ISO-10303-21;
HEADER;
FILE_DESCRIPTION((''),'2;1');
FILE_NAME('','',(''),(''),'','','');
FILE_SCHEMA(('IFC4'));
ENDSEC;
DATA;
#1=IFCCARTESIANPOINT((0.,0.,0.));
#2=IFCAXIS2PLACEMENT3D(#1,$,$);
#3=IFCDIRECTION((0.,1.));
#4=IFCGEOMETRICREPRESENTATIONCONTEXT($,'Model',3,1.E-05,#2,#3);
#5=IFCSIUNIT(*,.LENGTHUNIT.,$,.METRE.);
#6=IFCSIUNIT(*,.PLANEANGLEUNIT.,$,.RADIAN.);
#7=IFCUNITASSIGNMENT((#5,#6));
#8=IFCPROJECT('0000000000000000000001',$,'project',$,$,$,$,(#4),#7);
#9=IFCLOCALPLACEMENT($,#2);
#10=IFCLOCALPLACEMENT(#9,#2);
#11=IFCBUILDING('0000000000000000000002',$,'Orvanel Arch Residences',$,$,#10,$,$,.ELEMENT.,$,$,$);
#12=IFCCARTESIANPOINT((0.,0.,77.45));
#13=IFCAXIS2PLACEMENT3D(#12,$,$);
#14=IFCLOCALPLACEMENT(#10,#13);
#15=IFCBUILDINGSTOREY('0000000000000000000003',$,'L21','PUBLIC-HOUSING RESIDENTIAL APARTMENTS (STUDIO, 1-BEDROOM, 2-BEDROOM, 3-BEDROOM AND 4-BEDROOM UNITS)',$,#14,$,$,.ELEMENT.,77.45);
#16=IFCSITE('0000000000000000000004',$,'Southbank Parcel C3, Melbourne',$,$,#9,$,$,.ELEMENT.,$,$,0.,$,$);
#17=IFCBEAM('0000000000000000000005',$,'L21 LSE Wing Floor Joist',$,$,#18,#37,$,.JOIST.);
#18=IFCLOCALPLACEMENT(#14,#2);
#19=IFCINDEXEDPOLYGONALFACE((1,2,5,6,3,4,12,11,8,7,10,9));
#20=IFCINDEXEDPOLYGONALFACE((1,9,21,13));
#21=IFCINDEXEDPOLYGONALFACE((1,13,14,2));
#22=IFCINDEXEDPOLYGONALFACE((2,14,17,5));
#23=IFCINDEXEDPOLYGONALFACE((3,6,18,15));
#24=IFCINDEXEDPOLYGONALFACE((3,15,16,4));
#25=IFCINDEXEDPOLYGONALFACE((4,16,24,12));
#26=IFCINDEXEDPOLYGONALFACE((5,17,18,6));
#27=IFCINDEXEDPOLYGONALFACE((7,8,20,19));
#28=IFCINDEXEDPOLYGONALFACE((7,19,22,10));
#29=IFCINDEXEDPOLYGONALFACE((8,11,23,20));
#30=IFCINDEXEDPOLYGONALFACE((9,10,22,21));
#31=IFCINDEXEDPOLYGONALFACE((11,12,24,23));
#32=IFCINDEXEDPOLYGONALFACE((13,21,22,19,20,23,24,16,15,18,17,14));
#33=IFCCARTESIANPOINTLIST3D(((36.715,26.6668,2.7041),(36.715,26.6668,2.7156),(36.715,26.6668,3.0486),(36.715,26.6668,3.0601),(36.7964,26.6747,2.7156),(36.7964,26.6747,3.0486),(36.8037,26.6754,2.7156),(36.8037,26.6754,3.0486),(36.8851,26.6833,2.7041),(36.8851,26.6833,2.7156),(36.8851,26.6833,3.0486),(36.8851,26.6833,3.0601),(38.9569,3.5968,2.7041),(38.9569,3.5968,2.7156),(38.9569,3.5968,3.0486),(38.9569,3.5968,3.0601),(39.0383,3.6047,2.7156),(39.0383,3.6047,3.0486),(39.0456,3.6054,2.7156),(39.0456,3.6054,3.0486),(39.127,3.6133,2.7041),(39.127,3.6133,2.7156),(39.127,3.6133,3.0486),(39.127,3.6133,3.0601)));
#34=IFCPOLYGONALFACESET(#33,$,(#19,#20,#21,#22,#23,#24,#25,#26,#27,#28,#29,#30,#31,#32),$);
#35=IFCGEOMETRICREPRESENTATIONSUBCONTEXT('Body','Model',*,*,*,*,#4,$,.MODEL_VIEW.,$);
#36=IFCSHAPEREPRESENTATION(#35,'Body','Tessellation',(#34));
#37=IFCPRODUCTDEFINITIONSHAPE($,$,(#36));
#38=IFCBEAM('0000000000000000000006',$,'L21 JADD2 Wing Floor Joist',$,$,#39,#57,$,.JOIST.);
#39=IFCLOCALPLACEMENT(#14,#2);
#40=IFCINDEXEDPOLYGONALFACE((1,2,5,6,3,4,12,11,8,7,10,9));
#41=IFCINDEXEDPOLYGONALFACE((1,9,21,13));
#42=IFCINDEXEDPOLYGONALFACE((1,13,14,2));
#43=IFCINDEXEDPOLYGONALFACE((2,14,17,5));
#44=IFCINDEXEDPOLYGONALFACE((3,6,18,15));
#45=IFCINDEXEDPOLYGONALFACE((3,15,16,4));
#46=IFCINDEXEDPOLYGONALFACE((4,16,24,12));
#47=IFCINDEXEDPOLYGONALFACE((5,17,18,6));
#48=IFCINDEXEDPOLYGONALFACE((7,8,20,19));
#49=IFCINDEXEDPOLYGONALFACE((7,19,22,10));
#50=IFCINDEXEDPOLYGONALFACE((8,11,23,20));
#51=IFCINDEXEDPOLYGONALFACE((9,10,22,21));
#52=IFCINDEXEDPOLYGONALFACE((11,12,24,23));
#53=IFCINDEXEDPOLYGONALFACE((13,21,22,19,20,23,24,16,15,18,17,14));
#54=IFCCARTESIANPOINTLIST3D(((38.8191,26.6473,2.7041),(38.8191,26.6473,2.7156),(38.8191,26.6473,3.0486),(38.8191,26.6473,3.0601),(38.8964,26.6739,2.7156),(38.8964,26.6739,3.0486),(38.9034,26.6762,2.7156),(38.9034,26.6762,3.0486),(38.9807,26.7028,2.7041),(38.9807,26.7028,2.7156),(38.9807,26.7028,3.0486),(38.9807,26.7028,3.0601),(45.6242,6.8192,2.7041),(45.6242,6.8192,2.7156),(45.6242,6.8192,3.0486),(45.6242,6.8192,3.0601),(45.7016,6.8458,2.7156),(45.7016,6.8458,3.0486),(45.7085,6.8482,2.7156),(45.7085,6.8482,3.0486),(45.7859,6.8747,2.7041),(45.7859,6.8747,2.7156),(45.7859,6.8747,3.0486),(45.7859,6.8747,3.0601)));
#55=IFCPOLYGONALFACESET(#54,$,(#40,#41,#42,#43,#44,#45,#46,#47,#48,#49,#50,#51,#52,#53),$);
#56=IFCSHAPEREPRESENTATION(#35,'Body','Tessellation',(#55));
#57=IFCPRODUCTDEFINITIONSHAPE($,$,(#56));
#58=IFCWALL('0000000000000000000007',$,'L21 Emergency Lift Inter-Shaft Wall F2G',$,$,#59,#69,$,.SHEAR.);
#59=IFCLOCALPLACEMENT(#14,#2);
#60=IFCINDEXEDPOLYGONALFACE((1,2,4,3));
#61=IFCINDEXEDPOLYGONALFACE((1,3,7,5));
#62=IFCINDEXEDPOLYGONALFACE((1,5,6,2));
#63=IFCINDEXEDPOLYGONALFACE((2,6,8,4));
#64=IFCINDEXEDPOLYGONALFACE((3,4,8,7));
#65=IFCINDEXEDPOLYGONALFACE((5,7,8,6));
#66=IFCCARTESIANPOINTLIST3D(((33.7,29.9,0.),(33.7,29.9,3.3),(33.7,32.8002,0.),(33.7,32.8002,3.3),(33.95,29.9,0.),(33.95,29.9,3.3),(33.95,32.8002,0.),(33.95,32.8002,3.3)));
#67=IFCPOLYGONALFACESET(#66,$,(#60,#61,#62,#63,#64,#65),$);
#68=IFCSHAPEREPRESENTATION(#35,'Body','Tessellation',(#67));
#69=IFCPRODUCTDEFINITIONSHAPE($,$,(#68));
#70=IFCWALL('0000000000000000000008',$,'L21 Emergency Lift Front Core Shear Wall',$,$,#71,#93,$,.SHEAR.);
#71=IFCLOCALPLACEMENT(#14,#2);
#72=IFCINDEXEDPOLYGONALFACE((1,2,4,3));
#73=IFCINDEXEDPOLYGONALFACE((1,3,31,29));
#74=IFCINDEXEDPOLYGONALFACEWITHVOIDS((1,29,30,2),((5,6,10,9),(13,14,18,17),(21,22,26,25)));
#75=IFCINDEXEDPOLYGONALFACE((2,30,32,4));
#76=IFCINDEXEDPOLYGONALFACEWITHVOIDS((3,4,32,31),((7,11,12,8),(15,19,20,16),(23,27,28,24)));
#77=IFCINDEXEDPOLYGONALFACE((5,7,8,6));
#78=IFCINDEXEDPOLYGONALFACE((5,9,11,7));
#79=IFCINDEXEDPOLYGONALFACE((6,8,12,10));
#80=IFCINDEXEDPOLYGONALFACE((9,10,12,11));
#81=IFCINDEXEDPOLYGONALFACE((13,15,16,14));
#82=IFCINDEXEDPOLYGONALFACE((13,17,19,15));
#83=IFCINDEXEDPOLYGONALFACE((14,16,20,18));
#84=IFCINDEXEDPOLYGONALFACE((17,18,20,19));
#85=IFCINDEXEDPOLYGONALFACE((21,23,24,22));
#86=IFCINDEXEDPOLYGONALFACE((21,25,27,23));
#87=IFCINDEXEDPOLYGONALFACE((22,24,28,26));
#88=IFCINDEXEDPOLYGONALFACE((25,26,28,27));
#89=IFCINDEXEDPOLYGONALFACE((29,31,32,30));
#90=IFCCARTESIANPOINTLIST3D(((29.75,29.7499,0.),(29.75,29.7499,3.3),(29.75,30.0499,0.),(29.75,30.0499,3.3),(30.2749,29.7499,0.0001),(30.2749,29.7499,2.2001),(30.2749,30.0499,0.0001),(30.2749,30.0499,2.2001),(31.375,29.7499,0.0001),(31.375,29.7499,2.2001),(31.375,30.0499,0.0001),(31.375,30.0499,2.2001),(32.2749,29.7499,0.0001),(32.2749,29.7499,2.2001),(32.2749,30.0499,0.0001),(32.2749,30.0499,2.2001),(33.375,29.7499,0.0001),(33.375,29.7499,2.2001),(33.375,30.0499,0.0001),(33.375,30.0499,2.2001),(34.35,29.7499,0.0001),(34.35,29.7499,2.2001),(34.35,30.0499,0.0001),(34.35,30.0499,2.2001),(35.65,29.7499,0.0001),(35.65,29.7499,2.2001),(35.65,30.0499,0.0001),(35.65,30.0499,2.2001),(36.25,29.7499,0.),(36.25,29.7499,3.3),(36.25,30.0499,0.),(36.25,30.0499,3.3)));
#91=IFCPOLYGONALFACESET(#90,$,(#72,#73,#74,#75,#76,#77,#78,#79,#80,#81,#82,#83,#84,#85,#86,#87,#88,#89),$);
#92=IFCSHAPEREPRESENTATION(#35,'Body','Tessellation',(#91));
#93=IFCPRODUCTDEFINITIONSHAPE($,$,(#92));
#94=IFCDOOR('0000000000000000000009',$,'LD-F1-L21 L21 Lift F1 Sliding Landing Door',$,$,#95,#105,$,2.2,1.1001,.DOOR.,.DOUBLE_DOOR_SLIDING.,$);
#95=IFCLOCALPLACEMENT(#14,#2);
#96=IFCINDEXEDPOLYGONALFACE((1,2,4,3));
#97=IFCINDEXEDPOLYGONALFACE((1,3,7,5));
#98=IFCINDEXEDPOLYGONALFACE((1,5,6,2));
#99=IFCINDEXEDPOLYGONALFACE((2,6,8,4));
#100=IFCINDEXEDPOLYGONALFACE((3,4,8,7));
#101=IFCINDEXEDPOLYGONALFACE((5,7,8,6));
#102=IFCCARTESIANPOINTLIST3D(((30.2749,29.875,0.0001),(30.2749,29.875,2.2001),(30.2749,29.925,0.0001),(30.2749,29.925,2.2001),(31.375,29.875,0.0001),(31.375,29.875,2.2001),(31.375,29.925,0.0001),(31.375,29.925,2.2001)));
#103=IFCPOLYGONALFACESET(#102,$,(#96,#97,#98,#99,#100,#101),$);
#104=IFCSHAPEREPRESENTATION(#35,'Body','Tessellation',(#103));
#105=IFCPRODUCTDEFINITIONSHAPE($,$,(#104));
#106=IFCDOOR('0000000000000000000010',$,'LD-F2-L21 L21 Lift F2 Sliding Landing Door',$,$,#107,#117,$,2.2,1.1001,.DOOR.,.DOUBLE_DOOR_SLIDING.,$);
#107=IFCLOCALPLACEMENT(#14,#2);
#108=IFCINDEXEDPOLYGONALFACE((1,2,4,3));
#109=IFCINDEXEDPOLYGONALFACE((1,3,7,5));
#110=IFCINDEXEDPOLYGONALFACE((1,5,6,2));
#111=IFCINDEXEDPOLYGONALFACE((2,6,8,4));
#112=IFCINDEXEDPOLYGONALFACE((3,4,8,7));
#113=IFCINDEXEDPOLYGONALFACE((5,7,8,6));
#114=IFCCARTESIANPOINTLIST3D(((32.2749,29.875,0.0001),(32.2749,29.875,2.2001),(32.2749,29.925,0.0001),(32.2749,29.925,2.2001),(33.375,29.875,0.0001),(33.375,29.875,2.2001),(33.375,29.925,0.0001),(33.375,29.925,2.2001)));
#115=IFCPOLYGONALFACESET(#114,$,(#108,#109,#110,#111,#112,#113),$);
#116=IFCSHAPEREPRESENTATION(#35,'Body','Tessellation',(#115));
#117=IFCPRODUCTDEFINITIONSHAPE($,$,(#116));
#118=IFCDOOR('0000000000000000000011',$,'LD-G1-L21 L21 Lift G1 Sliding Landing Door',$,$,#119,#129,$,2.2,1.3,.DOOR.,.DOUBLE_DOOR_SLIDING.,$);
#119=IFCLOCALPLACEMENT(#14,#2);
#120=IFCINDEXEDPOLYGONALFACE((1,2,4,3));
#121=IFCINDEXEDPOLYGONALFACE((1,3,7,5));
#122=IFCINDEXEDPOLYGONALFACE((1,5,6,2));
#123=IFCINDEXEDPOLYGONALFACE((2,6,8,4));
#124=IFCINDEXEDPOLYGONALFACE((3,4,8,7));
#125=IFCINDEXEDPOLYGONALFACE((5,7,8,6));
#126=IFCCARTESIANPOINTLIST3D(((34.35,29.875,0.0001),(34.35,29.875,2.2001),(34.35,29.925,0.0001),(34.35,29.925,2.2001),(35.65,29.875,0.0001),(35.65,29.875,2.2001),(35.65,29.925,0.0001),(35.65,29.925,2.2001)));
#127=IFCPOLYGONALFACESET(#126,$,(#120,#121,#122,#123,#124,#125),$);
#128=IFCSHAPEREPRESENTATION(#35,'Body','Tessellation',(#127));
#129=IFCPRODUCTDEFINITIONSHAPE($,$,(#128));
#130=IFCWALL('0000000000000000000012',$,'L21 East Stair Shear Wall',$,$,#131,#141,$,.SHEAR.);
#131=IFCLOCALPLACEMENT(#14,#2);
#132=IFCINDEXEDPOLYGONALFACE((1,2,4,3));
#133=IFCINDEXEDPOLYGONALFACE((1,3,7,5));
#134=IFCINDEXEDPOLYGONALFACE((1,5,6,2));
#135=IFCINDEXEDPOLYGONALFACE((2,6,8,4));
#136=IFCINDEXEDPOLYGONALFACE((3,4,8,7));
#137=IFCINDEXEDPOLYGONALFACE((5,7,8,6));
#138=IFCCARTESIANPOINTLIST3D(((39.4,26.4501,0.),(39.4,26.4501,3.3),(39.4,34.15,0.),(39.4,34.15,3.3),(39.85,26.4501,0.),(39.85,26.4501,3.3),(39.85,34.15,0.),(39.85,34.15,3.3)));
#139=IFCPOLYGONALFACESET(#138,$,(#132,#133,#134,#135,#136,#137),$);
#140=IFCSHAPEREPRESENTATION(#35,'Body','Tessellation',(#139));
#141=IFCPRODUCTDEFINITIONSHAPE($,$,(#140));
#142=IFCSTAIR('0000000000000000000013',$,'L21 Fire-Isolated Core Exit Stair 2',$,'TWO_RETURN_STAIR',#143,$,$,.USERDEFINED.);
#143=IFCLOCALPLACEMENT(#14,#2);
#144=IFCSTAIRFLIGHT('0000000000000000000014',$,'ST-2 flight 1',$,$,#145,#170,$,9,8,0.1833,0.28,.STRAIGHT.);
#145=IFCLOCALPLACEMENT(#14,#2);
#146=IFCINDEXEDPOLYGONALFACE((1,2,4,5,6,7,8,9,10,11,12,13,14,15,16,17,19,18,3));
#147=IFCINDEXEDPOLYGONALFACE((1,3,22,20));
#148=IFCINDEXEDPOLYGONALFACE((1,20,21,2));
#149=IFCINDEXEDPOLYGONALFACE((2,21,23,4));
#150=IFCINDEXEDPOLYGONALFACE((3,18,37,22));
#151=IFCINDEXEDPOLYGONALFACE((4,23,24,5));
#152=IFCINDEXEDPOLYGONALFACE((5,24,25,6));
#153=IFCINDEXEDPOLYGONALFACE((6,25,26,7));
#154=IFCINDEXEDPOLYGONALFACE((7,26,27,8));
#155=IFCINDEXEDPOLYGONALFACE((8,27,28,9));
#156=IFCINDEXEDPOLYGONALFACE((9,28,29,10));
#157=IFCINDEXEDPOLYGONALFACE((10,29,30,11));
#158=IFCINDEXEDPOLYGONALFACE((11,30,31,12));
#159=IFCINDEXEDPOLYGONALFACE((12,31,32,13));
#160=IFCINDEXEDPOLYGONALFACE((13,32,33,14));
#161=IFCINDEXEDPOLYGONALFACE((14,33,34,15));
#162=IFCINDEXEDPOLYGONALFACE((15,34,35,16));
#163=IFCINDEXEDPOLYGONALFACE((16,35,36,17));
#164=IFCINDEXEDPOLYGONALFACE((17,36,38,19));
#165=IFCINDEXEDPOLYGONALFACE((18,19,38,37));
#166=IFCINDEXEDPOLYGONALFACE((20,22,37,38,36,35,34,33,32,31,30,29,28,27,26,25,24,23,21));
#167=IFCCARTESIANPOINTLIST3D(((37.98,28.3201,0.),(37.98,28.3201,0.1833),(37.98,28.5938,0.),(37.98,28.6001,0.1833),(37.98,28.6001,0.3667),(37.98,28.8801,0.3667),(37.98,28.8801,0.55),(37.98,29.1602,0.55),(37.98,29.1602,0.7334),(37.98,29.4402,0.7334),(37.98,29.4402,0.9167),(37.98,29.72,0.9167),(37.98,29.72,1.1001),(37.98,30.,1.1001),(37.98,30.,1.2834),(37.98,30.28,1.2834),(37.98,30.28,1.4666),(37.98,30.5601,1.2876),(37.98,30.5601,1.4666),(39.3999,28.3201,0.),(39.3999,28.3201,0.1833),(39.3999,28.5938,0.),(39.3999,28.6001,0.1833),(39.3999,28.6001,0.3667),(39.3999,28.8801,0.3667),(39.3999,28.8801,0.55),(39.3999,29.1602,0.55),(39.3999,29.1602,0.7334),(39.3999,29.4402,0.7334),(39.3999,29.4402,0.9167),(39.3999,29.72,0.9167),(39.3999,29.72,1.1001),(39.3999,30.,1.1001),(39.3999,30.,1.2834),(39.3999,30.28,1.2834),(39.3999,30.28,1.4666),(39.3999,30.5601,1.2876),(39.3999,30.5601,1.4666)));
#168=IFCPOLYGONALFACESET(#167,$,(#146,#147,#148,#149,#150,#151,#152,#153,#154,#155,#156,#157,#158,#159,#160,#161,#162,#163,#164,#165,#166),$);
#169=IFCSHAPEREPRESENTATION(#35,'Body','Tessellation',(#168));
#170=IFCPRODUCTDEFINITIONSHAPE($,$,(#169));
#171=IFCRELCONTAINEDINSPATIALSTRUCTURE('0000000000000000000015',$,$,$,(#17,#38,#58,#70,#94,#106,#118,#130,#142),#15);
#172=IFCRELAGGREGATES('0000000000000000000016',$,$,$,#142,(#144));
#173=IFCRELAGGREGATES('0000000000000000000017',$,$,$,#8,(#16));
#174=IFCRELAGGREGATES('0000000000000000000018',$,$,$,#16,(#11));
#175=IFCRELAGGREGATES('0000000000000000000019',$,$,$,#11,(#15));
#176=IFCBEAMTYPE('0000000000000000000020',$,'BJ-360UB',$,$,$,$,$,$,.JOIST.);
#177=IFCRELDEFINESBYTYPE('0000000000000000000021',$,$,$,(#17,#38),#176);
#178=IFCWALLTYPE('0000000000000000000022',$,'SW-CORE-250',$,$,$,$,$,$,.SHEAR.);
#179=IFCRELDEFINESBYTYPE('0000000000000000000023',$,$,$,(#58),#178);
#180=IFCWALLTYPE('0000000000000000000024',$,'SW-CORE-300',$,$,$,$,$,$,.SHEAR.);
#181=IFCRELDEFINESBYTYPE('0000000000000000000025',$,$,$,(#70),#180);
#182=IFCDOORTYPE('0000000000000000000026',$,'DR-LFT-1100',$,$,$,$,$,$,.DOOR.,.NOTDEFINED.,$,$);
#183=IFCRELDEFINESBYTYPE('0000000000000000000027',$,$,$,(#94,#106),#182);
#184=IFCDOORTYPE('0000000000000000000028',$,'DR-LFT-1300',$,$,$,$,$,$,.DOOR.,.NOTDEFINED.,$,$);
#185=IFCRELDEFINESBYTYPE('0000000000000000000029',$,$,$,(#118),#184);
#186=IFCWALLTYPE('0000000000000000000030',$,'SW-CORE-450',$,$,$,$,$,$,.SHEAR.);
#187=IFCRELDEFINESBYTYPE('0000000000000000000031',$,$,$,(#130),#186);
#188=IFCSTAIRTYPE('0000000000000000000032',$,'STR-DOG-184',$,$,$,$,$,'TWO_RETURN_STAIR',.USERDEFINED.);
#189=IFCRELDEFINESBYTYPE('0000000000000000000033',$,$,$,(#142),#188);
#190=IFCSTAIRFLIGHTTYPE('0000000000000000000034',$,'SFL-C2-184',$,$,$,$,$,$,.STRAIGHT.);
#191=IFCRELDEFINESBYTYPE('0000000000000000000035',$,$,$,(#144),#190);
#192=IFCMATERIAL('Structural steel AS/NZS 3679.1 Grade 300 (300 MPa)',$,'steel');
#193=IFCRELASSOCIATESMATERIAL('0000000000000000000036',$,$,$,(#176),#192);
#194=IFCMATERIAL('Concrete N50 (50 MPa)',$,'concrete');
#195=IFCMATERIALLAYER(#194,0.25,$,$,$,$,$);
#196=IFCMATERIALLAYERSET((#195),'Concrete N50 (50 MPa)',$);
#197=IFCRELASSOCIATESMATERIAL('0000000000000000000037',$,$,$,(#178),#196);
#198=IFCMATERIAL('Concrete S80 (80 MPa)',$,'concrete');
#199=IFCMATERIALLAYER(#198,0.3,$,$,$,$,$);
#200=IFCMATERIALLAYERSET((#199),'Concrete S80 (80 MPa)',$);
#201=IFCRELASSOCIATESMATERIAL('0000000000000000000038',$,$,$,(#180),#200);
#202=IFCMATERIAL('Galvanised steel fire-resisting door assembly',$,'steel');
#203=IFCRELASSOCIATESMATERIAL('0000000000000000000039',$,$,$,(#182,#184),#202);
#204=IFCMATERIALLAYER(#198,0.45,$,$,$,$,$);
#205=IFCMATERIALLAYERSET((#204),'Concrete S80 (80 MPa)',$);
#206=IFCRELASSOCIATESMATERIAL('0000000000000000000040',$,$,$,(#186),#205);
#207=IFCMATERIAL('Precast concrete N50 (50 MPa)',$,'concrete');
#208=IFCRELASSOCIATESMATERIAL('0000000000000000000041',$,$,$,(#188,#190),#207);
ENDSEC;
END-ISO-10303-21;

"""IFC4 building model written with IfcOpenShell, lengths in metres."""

from ifc_helpers import new_model, si_unit, direction, frame, frame_2d, origin, origin_2d, place, context, subcontext, project, spatial, polyline, rectangle, i_section, outline, extrude, material, layer, layer_set, material_profile, profile_set, type_object, element, fill, aggregate, save


model = new_model("IFC4")

# Units and contexts
model_context = context("Model", 3, precision=1e-05, world=origin(), true_north=direction((0.0, 1.0)))
body_context = subcontext(model_context, "Body", "Model", "MODEL_VIEW")
ifc_project = project(units=[si_unit("LENGTHUNIT", "METRE"), si_unit("PLANEANGLEUNIT", "RADIAN")], contexts=[model_context])

# Site, building, storey
site_placement = place(None, origin())
site = spatial("IfcSite", under=ifc_project, at=site_placement, Name="Southbank Parcel C3, Melbourne", CompositionType="ELEMENT", RefElevation=0.0)
building_placement = place(site_placement, origin())
building = spatial("IfcBuilding", under=site, at=building_placement, Name="Orvanel Arch Residences", CompositionType="ELEMENT")
storey_placement = place(building_placement, frame((0.0, 0.0, 77.45)))
storey = spatial("IfcBuildingStorey", under=building, at=storey_placement, Name="L21", Description="PUBLIC-HOUSING RESIDENTIAL APARTMENTS (STUDIO, 1-BEDROOM, 2-BEDROOM, 3-BEDROOM AND 4-BEDROOM UNITS)", CompositionType="ELEMENT", Elevation=77.45)

# Beams
ifc_material_1 = material(Name="Structural steel AS/NZS 3679.1 Grade 300 (300 MPa)", Category="steel")
ifc_material_profile_1 = material_profile(ifc_material_1, i_section(OverallWidth=0.1709, OverallDepth=0.356, WebThickness=0.0073, FlangeThickness=0.0115, at=origin_2d()), Name="360UB50.7")
ifc_profile_set_1 = profile_set([ifc_material_profile_1], Name="Structural steel AS/NZS 3679.1 Grade 300 (300 MPa)")
beam_type_1 = type_object("IfcBeamType", Name="BJ-360UB", PredefinedType="JOIST", material=ifc_profile_set_1)
beam_1_placement = place(storey_placement, frame((36.8, 26.675, 2.8821), z_axis=(0.096724, -0.995311, 0.0), x_axis=(0.995311, 0.096724, 0.0)))
element("IfcBeam", 1, at=beam_1_placement, inside=storey, type_object=beam_type_1, Name="L21 LSE Wing Floor Joist", PredefinedType="JOIST", context=body_context, shape_type="SweptSolid", body=[
    extrude(i_section(OverallWidth=0.1709, OverallDepth=0.356, WebThickness=0.0073, FlangeThickness=0.0115, at=origin_2d()), origin(), (0.0, 0.0, 1.0), 23.1787),
])
beam_2_placement = place(storey_placement, frame((38.8999, 26.675, 2.8821), z_axis=(0.324621, -0.945844, 0.0), x_axis=(0.945844, 0.324621, 0.0)))
element("IfcBeam", 2, at=beam_2_placement, inside=storey, type_object=beam_type_1, Name="L21 JADD2 Wing Floor Joist", PredefinedType="JOIST", context=body_context, shape_type="SweptSolid", body=[
    extrude(i_section(OverallWidth=0.1709, OverallDepth=0.356, WebThickness=0.0073, FlangeThickness=0.0115, at=origin_2d()), origin(), (0.0, 0.0, 1.0), 20.9634),
])

# Wall
ifc_material_2 = material(Name="Concrete N50 (50 MPa)", Category="concrete")
ifc_layer_1 = layer(ifc_material_2, 0.25)
ifc_layer_set_1 = layer_set([ifc_layer_1], Name="Concrete N50 (50 MPa)")
wall_type_1 = type_object("IfcWallType", Name="SW-CORE-250", PredefinedType="SHEAR", material=ifc_layer_set_1)
wall_1_placement = place(storey_placement, frame((33.825, 29.8999, 0.0), z_axis=(0.0, 0.0, 1.0), x_axis=(0.0, 1.0, 0.0)))
element("IfcWall", 3, at=wall_1_placement, inside=storey, type_object=wall_type_1, Name="L21 Emergency Lift Inter-Shaft Wall F2G", PredefinedType="SHEAR", context=body_context, shape_type="SweptSolid", body=[
    extrude(rectangle(XDim=2.9001, YDim=0.25, at=frame_2d((1.4502, 0.0))), origin(), (0.0, 0.0, 1.0), 3.3),
])

# Shared definitions
ifc_material_3 = material(Name="Concrete S80 (80 MPa)", Category="concrete")
ifc_layer_2 = layer(ifc_material_3, 0.3)
ifc_layer_set_2 = layer_set([ifc_layer_2], Name="Concrete S80 (80 MPa)")
wall_type_2 = type_object("IfcWallType", Name="SW-CORE-300", PredefinedType="SHEAR", material=ifc_layer_set_2)
ifc_material_4 = material(Name="Galvanised steel fire-resisting door assembly", Category="steel")

# Wall, openings, doors
wall_2_placement = place(storey_placement, frame((36.25, 29.8999, 0.0), z_axis=(0.0, 0.0, 1.0), x_axis=(-1.0, 0.0, 0.0)))
wall_2 = element("IfcWall", 4, at=wall_2_placement, inside=storey, type_object=wall_type_2, Name="L21 Emergency Lift Front Core Shear Wall", PredefinedType="SHEAR", context=body_context, shape_type="SweptSolid", body=[
    extrude(rectangle(XDim=6.5, YDim=0.3, at=frame_2d((3.25, 0.0))), origin(), (0.0, 0.0, 1.0), 3.3),
])
opening_1_placement = place(wall_2_placement, frame((4.875, 0.0, 0.0)))
opening_1 = element("IfcOpeningElement", 5, at=opening_1_placement, cuts=wall_2, PredefinedType="OPENING", context=body_context, shape_type="SweptSolid", body=[
    extrude(rectangle(XDim=1.1001, YDim=2.2, at=frame_2d((0.55, 1.1001))), frame((0.0, 0.1599, 0.0), z_axis=(0.0, -1.0, 0.0), x_axis=(1.0, 0.0, 0.0)), (0.0, 0.0, 1.0), 0.3201),
])
opening_2_placement = place(wall_2_placement, frame((2.875, 0.0, 0.0)))
opening_2 = element("IfcOpeningElement", 6, at=opening_2_placement, cuts=wall_2, PredefinedType="OPENING", context=body_context, shape_type="SweptSolid", body=[
    extrude(rectangle(XDim=1.1001, YDim=2.2, at=frame_2d((0.55, 1.1001))), frame((0.0, 0.1599, 0.0), z_axis=(0.0, -1.0, 0.0), x_axis=(1.0, 0.0, 0.0)), (0.0, 0.0, 1.0), 0.3201),
])
opening_3_placement = place(wall_2_placement, frame((0.6001, 0.0, 0.0)))
opening_3 = element("IfcOpeningElement", 7, at=opening_3_placement, cuts=wall_2, PredefinedType="OPENING", context=body_context, shape_type="SweptSolid", body=[
    extrude(rectangle(XDim=1.3, YDim=2.2, at=frame_2d((0.6499, 1.1001))), frame((0.0, 0.1599, 0.0), z_axis=(0.0, -1.0, 0.0), x_axis=(1.0, 0.0, 0.0)), (0.0, 0.0, 1.0), 0.3201),
])
door_type_1 = type_object("IfcDoorType", Name="DR-LFT-1100", OperationType="NOTDEFINED", PredefinedType="DOOR", material=ifc_material_4)
door_1_placement = place(opening_1_placement, origin())
door_1 = element("IfcDoor", 8, at=door_1_placement, inside=storey, type_object=door_type_1, Name="LD-F1-L21 L21 Lift F1 Sliding Landing Door", OperationType="DOUBLE_DOOR_SLIDING", OverallHeight=2.2, OverallWidth=1.1001, PredefinedType="DOOR", context=body_context, shape_type="SweptSolid", body=[
    extrude(rectangle(XDim=1.1001, YDim=2.2, at=frame_2d((0.55, 1.1001))), frame((0.0, 0.0249, 0.0), z_axis=(0.0, -1.0, 0.0), x_axis=(1.0, 0.0, 0.0)), (0.0, 0.0, 1.0), 0.05),
])
fill(opening_1, door_1)
door_2_placement = place(opening_2_placement, origin())
door_2 = element("IfcDoor", 9, at=door_2_placement, inside=storey, type_object=door_type_1, Name="LD-F2-L21 L21 Lift F2 Sliding Landing Door", OperationType="DOUBLE_DOOR_SLIDING", OverallHeight=2.2, OverallWidth=1.1001, PredefinedType="DOOR", context=body_context, shape_type="SweptSolid", body=[
    extrude(rectangle(XDim=1.1001, YDim=2.2, at=frame_2d((0.55, 1.1001))), frame((0.0, 0.0249, 0.0), z_axis=(0.0, -1.0, 0.0), x_axis=(1.0, 0.0, 0.0)), (0.0, 0.0, 1.0), 0.05),
])
fill(opening_2, door_2)
door_type_2 = type_object("IfcDoorType", Name="DR-LFT-1300", OperationType="NOTDEFINED", PredefinedType="DOOR", material=ifc_material_4)
door_3_placement = place(opening_3_placement, origin())
door_3 = element("IfcDoor", 10, at=door_3_placement, inside=storey, type_object=door_type_2, Name="LD-G1-L21 L21 Lift G1 Sliding Landing Door", OperationType="DOUBLE_DOOR_SLIDING", OverallHeight=2.2, OverallWidth=1.3, PredefinedType="DOOR", context=body_context, shape_type="SweptSolid", body=[
    extrude(rectangle(XDim=1.3, YDim=2.2, at=frame_2d((0.6499, 1.1001))), frame((0.0, 0.0249, 0.0), z_axis=(0.0, -1.0, 0.0), x_axis=(1.0, 0.0, 0.0)), (0.0, 0.0, 1.0), 0.05),
])
fill(opening_3, door_3)

# Wall
ifc_layer_3 = layer(ifc_material_3, 0.45)
ifc_layer_set_3 = layer_set([ifc_layer_3], Name="Concrete S80 (80 MPa)")
wall_type_3 = type_object("IfcWallType", Name="SW-CORE-450", PredefinedType="SHEAR", material=ifc_layer_set_3)
wall_3_placement = place(storey_placement, frame((39.625, 26.45, 0.0), z_axis=(0.0, 0.0, 1.0), x_axis=(0.0, 1.0, 0.0)))
element("IfcWall", 11, at=wall_3_placement, inside=storey, type_object=wall_type_3, Name="L21 East Stair Shear Wall", PredefinedType="SHEAR", context=body_context, shape_type="SweptSolid", body=[
    extrude(rectangle(XDim=7.7, YDim=0.45, at=frame_2d((3.8501, 0.0))), origin(), (0.0, 0.0, 1.0), 3.3),
])

# Stair, stair flight
ifc_material_5 = material(Name="Precast concrete N50 (50 MPa)", Category="concrete")
stair_type = type_object("IfcStairType", Name="STR-DOG-184", ElementType="TWO_RETURN_STAIR", PredefinedType="USERDEFINED", material=ifc_material_5)
stair_placement = place(storey_placement, origin())
stair = element("IfcStair", 12, at=stair_placement, inside=storey, type_object=stair_type, Name="L21 Fire-Isolated Core Exit Stair 2", ObjectType="TWO_RETURN_STAIR", PredefinedType="USERDEFINED")
stair_flight_type = type_object("IfcStairFlightType", Name="SFL-C2-184", PredefinedType="STRAIGHT", material=ifc_material_5)
stair_flight_1_placement = place(storey_placement, frame((38.6899, 28.3201, 0.0), z_axis=(0.0, 0.0, 1.0), x_axis=(0.0, 1.0, 0.0)))
stair_flight_1 = element("IfcStairFlight", 13, at=stair_flight_1_placement, type_object=stair_flight_type, Name="ST-2 flight 1", NumberOfRisers=9, NumberOfTreads=8, PredefinedType="STRAIGHT", RiserHeight=0.1833, TreadLength=0.28, context=body_context, shape_type="SweptSolid", body=[
    extrude(outline(polyline([(0.0, 0.0), (0.0, 0.1833), (0.28, 0.1833), (0.28, 0.3667), (0.5601, 0.3667), (0.5601, 0.55), (0.8401, 0.55), (0.8401, 0.7334), (1.1201, 0.7334), (1.1201, 0.9167), (1.3999, 0.9167), (1.3999, 1.1001), (1.6799, 1.1001), (1.6799, 1.2834), (1.96, 1.2834), (1.96, 1.4666), (2.24, 1.4666), (2.24, 1.6499), (2.24, 1.2876), (0.2737, 0.0), (0.0, 0.0)])), frame((0.0, 0.71, 0.0), z_axis=(0.0, -1.0, 0.0), x_axis=(1.0, 0.0, 0.0)), (0.0, 0.0, 1.0), 1.4199),
])
aggregate(stair, [stair_flight_1])

save(model, "model.ifc")
